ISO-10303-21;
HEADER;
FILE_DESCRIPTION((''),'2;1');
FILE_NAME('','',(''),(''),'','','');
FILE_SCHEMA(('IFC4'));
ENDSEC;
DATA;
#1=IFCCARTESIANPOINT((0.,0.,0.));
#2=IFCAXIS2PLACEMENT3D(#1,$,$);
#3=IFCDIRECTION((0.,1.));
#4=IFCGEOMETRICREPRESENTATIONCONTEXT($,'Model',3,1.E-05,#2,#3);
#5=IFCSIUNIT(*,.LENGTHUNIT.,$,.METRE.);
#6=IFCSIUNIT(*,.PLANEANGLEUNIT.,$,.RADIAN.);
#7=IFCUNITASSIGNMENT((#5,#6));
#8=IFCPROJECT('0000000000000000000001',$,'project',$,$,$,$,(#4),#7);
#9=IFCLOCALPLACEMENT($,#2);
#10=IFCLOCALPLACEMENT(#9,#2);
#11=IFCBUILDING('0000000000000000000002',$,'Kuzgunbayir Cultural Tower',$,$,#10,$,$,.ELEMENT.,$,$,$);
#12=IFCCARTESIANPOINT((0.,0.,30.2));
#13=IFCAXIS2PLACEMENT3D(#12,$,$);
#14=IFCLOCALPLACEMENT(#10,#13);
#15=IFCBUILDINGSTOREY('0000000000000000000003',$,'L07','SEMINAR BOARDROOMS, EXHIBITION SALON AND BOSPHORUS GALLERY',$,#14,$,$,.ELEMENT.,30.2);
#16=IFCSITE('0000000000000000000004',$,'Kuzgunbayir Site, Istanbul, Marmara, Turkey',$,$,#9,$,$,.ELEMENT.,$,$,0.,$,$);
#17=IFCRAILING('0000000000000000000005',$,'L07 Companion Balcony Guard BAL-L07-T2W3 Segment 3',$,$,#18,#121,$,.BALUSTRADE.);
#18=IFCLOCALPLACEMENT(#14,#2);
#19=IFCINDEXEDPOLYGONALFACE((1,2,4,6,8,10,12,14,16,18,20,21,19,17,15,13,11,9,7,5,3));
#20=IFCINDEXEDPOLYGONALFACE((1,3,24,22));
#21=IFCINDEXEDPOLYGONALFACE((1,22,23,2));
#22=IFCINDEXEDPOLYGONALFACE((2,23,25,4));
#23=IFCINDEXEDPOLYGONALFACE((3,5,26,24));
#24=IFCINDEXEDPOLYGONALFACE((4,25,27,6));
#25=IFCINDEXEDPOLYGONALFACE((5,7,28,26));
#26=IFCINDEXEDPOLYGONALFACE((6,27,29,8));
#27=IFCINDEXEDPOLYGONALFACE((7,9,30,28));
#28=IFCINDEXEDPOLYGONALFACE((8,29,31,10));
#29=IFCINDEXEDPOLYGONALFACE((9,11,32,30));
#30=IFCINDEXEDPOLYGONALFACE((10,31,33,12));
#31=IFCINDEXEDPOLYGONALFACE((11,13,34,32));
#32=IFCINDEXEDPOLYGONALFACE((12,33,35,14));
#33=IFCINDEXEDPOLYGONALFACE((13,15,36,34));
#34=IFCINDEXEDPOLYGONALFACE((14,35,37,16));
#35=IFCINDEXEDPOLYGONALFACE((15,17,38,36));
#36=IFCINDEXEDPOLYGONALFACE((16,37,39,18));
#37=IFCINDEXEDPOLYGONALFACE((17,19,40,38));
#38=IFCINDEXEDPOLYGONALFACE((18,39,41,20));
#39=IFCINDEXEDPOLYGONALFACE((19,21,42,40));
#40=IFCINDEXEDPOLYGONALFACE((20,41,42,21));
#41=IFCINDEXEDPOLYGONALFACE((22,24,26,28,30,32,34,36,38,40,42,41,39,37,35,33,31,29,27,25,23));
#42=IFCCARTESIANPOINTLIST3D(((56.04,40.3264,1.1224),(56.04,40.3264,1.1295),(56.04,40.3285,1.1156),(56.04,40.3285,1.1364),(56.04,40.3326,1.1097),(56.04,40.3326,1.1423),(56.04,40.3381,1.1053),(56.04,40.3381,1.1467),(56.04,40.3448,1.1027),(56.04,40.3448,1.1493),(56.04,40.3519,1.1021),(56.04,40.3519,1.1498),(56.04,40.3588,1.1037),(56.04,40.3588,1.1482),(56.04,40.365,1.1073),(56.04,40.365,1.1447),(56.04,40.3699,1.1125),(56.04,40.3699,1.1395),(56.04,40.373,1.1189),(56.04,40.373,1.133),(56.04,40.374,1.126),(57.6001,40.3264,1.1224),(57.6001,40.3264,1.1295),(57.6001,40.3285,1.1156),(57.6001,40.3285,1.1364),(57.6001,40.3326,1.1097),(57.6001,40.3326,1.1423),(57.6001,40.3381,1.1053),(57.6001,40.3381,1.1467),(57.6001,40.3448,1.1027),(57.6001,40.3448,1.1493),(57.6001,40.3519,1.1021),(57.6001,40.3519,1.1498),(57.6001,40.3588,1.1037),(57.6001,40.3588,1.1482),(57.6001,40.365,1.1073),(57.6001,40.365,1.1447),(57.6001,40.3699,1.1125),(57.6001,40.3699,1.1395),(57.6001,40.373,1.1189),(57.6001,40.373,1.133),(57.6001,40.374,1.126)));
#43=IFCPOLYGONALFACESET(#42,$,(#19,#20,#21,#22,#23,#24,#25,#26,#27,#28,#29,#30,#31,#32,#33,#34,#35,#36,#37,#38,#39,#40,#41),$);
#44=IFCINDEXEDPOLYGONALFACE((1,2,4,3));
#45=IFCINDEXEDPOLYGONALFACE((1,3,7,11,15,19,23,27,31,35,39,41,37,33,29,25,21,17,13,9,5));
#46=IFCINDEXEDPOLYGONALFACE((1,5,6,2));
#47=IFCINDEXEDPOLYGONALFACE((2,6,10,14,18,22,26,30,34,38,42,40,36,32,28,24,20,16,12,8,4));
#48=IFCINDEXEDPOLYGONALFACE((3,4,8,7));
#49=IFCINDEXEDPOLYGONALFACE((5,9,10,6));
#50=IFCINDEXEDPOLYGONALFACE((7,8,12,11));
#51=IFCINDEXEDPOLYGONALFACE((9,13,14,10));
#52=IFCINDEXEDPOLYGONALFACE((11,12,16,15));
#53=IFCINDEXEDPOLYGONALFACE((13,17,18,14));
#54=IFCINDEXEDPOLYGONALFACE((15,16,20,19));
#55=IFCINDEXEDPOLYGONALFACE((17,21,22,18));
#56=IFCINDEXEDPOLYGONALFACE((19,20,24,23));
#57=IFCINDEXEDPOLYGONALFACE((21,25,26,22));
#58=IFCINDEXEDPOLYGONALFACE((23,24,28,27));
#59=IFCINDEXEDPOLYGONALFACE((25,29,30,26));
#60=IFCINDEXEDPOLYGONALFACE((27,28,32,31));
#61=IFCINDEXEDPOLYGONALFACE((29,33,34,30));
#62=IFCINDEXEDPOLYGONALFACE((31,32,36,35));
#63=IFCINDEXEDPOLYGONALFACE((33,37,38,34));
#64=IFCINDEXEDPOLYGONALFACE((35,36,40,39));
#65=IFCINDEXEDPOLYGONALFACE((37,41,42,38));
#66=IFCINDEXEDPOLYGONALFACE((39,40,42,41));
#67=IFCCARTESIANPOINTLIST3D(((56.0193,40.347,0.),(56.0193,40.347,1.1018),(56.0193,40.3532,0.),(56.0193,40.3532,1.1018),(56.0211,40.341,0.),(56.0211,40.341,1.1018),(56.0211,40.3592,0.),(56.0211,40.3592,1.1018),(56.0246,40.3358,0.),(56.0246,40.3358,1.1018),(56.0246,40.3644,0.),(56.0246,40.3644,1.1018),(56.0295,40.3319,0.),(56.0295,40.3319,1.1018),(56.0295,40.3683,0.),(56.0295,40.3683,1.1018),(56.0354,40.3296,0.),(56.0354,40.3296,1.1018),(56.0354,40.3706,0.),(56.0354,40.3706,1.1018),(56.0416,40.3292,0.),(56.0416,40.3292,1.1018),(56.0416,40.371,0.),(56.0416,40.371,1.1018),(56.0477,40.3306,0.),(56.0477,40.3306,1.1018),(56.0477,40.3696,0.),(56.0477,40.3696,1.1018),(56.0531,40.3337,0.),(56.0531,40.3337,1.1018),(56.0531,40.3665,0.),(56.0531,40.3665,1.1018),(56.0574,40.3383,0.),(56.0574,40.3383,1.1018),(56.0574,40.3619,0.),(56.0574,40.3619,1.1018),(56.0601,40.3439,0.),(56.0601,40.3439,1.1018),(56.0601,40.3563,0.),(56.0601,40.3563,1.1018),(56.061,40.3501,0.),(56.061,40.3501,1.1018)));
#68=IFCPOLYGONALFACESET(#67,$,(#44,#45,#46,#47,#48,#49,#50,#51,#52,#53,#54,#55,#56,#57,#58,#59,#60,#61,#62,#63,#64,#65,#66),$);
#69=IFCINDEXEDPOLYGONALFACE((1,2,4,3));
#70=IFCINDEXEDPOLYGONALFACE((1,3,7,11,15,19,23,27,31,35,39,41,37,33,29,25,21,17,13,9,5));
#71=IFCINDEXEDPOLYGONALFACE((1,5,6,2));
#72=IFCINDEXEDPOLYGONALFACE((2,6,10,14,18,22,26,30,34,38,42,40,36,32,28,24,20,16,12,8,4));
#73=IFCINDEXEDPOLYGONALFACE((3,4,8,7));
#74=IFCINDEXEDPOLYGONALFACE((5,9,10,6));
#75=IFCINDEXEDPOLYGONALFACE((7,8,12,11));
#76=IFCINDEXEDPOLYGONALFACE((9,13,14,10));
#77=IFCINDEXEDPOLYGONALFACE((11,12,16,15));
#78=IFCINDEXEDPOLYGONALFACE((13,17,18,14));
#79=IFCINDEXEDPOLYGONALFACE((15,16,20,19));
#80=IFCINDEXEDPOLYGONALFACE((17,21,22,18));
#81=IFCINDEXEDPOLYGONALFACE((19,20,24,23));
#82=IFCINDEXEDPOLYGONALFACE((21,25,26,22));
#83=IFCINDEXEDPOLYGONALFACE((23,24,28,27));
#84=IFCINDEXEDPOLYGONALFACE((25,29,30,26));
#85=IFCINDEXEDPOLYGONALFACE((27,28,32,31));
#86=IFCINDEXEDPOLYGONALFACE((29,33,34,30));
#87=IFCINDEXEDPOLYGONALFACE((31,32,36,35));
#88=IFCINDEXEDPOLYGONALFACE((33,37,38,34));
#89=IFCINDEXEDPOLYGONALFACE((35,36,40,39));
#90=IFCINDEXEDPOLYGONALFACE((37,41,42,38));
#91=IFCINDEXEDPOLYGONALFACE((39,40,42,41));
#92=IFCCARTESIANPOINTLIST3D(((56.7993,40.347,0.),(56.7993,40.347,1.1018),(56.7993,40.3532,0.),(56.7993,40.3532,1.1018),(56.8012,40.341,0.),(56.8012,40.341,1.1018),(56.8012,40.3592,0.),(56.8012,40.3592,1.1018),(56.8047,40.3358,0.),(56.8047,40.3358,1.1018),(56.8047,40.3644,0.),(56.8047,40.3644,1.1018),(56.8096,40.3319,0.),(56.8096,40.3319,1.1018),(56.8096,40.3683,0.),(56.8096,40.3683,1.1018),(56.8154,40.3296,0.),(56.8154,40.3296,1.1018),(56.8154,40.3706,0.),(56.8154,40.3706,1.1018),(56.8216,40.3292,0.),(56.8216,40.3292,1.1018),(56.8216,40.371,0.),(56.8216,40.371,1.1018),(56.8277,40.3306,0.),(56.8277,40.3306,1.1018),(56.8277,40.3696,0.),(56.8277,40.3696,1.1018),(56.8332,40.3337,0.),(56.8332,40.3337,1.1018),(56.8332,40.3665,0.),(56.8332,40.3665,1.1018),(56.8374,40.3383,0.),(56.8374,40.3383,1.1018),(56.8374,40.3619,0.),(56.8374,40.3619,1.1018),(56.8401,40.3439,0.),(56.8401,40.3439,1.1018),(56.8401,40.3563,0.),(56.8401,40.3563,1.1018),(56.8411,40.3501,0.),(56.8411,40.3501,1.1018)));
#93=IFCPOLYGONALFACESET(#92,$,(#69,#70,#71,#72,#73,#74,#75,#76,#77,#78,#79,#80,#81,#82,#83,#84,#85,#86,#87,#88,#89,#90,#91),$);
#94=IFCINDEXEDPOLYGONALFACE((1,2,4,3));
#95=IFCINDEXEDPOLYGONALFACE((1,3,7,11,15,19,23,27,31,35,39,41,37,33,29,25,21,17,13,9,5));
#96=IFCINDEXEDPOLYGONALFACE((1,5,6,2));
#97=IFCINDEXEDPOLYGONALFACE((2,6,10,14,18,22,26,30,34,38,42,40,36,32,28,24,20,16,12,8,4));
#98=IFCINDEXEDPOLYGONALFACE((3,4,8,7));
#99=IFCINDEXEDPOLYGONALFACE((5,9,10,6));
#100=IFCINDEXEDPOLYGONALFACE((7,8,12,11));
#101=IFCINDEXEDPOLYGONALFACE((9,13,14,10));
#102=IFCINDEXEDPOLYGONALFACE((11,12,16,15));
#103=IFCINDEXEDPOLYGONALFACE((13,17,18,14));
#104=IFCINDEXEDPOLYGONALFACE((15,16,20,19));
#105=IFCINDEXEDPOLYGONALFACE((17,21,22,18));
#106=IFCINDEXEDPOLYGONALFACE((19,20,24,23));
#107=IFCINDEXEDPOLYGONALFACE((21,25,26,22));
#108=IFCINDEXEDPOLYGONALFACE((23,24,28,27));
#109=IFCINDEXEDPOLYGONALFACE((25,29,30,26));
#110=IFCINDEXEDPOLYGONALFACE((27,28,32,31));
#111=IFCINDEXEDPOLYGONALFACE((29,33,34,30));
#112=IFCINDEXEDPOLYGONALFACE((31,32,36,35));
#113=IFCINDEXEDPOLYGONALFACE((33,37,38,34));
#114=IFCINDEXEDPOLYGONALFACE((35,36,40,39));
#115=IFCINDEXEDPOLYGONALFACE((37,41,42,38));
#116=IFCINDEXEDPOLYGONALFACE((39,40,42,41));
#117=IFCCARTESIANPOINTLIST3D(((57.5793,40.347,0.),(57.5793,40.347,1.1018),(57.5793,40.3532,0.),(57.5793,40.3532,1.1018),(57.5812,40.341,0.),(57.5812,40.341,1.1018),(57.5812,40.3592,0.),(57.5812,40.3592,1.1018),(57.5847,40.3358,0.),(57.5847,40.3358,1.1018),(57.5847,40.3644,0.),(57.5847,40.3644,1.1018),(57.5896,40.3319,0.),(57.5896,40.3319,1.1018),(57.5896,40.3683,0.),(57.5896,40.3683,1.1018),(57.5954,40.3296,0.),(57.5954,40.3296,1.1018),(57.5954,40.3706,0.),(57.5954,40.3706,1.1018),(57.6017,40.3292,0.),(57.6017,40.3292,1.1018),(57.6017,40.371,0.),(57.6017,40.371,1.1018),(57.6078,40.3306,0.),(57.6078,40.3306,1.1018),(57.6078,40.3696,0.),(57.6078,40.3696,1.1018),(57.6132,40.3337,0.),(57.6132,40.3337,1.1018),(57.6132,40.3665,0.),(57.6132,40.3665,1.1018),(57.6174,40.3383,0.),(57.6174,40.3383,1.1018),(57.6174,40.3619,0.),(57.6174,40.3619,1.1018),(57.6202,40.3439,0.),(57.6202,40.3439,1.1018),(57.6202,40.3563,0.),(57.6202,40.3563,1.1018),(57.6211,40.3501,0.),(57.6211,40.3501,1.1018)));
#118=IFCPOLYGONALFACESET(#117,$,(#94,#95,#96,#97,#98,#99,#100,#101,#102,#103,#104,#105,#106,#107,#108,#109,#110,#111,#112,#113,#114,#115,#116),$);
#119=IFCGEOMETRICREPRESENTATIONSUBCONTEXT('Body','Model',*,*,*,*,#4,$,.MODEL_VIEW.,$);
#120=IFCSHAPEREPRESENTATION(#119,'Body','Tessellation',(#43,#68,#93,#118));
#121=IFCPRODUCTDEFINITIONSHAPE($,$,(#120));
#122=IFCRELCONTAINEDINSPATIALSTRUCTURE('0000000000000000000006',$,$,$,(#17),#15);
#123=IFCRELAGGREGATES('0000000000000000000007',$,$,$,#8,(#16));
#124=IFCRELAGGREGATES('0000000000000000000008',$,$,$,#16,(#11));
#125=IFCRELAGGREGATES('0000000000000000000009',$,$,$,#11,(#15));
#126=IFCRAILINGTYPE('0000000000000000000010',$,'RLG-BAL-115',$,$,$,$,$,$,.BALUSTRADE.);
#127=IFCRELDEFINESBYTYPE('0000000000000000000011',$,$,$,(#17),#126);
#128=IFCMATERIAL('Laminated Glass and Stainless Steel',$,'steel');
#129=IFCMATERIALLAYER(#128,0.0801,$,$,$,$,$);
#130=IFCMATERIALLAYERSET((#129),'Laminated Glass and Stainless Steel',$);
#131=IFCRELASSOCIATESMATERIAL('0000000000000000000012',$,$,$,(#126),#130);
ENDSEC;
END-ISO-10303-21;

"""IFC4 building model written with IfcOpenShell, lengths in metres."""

from ifc_helpers import new_model, si_unit, direction, frame, origin, origin_2d, place, context, subcontext, project, spatial, circle, extrude, material, layer, layer_set, type_object, element, save


model = new_model("IFC4")

# Units and contexts
model_context = context("Model", 3, precision=1e-05, world=origin(), true_north=direction((0.0, 1.0)))
body_context = subcontext(model_context, "Body", "Model", "MODEL_VIEW")
ifc_project = project(units=[si_unit("LENGTHUNIT", "METRE"), si_unit("PLANEANGLEUNIT", "RADIAN")], contexts=[model_context])

# Site, building, storey
site_placement = place(None, origin())
site = spatial("IfcSite", under=ifc_project, at=site_placement, Name="Kuzgunbayir Site, Istanbul, Marmara, Turkey", CompositionType="ELEMENT", RefElevation=0.0)
building_placement = place(site_placement, origin())
building = spatial("IfcBuilding", under=site, at=building_placement, Name="Kuzgunbayir Cultural Tower", CompositionType="ELEMENT")
storey_placement = place(building_placement, frame((0.0, 0.0, 30.2)))
storey = spatial("IfcBuildingStorey", under=building, at=storey_placement, Name="L07", Description="SEMINAR BOARDROOMS, EXHIBITION SALON AND BOSPHORUS GALLERY", CompositionType="ELEMENT", Elevation=30.2)

# Railing
ifc_material_1 = material(Name="Laminated Glass and Stainless Steel", Category="steel")
ifc_layer_1 = layer(ifc_material_1, 0.0801)
ifc_layer_set_1 = layer_set([ifc_layer_1], Name="Laminated Glass and Stainless Steel")
railing_type = type_object("IfcRailingType", Name="RLG-BAL-115", PredefinedType="BALUSTRADE", material=ifc_layer_set_1)
railing_1_placement = place(storey_placement, frame((56.04, 40.3501, 0.0)))
element("IfcRailing", 1, at=railing_1_placement, inside=storey, type_object=railing_type, Name="L07 Companion Balcony Guard BAL-L07-T2W3 Segment 3", PredefinedType="BALUSTRADE", context=body_context, shape_type="SweptSolid", body=[
    extrude(circle(Radius=0.0239, at=origin_2d()), frame((0.0, 0.0, 1.126), z_axis=(1.0, 0.0, 0.0), x_axis=(0.0, 1.0, 0.0)), (0.0, 0.0, 1.0), 1.5601),
    extrude(circle(Radius=0.021, at=origin_2d()), origin(), (0.0, 0.0, 1.0), 1.1018),
    extrude(circle(Radius=0.021, at=origin_2d()), frame((0.78, 0.0, 0.0)), (0.0, 0.0, 1.0), 1.1018),
    extrude(circle(Radius=0.021, at=origin_2d()), frame((1.5601, 0.0, 0.0)), (0.0, 0.0, 1.0), 1.1018),
])

save(model, "model.ifc")
